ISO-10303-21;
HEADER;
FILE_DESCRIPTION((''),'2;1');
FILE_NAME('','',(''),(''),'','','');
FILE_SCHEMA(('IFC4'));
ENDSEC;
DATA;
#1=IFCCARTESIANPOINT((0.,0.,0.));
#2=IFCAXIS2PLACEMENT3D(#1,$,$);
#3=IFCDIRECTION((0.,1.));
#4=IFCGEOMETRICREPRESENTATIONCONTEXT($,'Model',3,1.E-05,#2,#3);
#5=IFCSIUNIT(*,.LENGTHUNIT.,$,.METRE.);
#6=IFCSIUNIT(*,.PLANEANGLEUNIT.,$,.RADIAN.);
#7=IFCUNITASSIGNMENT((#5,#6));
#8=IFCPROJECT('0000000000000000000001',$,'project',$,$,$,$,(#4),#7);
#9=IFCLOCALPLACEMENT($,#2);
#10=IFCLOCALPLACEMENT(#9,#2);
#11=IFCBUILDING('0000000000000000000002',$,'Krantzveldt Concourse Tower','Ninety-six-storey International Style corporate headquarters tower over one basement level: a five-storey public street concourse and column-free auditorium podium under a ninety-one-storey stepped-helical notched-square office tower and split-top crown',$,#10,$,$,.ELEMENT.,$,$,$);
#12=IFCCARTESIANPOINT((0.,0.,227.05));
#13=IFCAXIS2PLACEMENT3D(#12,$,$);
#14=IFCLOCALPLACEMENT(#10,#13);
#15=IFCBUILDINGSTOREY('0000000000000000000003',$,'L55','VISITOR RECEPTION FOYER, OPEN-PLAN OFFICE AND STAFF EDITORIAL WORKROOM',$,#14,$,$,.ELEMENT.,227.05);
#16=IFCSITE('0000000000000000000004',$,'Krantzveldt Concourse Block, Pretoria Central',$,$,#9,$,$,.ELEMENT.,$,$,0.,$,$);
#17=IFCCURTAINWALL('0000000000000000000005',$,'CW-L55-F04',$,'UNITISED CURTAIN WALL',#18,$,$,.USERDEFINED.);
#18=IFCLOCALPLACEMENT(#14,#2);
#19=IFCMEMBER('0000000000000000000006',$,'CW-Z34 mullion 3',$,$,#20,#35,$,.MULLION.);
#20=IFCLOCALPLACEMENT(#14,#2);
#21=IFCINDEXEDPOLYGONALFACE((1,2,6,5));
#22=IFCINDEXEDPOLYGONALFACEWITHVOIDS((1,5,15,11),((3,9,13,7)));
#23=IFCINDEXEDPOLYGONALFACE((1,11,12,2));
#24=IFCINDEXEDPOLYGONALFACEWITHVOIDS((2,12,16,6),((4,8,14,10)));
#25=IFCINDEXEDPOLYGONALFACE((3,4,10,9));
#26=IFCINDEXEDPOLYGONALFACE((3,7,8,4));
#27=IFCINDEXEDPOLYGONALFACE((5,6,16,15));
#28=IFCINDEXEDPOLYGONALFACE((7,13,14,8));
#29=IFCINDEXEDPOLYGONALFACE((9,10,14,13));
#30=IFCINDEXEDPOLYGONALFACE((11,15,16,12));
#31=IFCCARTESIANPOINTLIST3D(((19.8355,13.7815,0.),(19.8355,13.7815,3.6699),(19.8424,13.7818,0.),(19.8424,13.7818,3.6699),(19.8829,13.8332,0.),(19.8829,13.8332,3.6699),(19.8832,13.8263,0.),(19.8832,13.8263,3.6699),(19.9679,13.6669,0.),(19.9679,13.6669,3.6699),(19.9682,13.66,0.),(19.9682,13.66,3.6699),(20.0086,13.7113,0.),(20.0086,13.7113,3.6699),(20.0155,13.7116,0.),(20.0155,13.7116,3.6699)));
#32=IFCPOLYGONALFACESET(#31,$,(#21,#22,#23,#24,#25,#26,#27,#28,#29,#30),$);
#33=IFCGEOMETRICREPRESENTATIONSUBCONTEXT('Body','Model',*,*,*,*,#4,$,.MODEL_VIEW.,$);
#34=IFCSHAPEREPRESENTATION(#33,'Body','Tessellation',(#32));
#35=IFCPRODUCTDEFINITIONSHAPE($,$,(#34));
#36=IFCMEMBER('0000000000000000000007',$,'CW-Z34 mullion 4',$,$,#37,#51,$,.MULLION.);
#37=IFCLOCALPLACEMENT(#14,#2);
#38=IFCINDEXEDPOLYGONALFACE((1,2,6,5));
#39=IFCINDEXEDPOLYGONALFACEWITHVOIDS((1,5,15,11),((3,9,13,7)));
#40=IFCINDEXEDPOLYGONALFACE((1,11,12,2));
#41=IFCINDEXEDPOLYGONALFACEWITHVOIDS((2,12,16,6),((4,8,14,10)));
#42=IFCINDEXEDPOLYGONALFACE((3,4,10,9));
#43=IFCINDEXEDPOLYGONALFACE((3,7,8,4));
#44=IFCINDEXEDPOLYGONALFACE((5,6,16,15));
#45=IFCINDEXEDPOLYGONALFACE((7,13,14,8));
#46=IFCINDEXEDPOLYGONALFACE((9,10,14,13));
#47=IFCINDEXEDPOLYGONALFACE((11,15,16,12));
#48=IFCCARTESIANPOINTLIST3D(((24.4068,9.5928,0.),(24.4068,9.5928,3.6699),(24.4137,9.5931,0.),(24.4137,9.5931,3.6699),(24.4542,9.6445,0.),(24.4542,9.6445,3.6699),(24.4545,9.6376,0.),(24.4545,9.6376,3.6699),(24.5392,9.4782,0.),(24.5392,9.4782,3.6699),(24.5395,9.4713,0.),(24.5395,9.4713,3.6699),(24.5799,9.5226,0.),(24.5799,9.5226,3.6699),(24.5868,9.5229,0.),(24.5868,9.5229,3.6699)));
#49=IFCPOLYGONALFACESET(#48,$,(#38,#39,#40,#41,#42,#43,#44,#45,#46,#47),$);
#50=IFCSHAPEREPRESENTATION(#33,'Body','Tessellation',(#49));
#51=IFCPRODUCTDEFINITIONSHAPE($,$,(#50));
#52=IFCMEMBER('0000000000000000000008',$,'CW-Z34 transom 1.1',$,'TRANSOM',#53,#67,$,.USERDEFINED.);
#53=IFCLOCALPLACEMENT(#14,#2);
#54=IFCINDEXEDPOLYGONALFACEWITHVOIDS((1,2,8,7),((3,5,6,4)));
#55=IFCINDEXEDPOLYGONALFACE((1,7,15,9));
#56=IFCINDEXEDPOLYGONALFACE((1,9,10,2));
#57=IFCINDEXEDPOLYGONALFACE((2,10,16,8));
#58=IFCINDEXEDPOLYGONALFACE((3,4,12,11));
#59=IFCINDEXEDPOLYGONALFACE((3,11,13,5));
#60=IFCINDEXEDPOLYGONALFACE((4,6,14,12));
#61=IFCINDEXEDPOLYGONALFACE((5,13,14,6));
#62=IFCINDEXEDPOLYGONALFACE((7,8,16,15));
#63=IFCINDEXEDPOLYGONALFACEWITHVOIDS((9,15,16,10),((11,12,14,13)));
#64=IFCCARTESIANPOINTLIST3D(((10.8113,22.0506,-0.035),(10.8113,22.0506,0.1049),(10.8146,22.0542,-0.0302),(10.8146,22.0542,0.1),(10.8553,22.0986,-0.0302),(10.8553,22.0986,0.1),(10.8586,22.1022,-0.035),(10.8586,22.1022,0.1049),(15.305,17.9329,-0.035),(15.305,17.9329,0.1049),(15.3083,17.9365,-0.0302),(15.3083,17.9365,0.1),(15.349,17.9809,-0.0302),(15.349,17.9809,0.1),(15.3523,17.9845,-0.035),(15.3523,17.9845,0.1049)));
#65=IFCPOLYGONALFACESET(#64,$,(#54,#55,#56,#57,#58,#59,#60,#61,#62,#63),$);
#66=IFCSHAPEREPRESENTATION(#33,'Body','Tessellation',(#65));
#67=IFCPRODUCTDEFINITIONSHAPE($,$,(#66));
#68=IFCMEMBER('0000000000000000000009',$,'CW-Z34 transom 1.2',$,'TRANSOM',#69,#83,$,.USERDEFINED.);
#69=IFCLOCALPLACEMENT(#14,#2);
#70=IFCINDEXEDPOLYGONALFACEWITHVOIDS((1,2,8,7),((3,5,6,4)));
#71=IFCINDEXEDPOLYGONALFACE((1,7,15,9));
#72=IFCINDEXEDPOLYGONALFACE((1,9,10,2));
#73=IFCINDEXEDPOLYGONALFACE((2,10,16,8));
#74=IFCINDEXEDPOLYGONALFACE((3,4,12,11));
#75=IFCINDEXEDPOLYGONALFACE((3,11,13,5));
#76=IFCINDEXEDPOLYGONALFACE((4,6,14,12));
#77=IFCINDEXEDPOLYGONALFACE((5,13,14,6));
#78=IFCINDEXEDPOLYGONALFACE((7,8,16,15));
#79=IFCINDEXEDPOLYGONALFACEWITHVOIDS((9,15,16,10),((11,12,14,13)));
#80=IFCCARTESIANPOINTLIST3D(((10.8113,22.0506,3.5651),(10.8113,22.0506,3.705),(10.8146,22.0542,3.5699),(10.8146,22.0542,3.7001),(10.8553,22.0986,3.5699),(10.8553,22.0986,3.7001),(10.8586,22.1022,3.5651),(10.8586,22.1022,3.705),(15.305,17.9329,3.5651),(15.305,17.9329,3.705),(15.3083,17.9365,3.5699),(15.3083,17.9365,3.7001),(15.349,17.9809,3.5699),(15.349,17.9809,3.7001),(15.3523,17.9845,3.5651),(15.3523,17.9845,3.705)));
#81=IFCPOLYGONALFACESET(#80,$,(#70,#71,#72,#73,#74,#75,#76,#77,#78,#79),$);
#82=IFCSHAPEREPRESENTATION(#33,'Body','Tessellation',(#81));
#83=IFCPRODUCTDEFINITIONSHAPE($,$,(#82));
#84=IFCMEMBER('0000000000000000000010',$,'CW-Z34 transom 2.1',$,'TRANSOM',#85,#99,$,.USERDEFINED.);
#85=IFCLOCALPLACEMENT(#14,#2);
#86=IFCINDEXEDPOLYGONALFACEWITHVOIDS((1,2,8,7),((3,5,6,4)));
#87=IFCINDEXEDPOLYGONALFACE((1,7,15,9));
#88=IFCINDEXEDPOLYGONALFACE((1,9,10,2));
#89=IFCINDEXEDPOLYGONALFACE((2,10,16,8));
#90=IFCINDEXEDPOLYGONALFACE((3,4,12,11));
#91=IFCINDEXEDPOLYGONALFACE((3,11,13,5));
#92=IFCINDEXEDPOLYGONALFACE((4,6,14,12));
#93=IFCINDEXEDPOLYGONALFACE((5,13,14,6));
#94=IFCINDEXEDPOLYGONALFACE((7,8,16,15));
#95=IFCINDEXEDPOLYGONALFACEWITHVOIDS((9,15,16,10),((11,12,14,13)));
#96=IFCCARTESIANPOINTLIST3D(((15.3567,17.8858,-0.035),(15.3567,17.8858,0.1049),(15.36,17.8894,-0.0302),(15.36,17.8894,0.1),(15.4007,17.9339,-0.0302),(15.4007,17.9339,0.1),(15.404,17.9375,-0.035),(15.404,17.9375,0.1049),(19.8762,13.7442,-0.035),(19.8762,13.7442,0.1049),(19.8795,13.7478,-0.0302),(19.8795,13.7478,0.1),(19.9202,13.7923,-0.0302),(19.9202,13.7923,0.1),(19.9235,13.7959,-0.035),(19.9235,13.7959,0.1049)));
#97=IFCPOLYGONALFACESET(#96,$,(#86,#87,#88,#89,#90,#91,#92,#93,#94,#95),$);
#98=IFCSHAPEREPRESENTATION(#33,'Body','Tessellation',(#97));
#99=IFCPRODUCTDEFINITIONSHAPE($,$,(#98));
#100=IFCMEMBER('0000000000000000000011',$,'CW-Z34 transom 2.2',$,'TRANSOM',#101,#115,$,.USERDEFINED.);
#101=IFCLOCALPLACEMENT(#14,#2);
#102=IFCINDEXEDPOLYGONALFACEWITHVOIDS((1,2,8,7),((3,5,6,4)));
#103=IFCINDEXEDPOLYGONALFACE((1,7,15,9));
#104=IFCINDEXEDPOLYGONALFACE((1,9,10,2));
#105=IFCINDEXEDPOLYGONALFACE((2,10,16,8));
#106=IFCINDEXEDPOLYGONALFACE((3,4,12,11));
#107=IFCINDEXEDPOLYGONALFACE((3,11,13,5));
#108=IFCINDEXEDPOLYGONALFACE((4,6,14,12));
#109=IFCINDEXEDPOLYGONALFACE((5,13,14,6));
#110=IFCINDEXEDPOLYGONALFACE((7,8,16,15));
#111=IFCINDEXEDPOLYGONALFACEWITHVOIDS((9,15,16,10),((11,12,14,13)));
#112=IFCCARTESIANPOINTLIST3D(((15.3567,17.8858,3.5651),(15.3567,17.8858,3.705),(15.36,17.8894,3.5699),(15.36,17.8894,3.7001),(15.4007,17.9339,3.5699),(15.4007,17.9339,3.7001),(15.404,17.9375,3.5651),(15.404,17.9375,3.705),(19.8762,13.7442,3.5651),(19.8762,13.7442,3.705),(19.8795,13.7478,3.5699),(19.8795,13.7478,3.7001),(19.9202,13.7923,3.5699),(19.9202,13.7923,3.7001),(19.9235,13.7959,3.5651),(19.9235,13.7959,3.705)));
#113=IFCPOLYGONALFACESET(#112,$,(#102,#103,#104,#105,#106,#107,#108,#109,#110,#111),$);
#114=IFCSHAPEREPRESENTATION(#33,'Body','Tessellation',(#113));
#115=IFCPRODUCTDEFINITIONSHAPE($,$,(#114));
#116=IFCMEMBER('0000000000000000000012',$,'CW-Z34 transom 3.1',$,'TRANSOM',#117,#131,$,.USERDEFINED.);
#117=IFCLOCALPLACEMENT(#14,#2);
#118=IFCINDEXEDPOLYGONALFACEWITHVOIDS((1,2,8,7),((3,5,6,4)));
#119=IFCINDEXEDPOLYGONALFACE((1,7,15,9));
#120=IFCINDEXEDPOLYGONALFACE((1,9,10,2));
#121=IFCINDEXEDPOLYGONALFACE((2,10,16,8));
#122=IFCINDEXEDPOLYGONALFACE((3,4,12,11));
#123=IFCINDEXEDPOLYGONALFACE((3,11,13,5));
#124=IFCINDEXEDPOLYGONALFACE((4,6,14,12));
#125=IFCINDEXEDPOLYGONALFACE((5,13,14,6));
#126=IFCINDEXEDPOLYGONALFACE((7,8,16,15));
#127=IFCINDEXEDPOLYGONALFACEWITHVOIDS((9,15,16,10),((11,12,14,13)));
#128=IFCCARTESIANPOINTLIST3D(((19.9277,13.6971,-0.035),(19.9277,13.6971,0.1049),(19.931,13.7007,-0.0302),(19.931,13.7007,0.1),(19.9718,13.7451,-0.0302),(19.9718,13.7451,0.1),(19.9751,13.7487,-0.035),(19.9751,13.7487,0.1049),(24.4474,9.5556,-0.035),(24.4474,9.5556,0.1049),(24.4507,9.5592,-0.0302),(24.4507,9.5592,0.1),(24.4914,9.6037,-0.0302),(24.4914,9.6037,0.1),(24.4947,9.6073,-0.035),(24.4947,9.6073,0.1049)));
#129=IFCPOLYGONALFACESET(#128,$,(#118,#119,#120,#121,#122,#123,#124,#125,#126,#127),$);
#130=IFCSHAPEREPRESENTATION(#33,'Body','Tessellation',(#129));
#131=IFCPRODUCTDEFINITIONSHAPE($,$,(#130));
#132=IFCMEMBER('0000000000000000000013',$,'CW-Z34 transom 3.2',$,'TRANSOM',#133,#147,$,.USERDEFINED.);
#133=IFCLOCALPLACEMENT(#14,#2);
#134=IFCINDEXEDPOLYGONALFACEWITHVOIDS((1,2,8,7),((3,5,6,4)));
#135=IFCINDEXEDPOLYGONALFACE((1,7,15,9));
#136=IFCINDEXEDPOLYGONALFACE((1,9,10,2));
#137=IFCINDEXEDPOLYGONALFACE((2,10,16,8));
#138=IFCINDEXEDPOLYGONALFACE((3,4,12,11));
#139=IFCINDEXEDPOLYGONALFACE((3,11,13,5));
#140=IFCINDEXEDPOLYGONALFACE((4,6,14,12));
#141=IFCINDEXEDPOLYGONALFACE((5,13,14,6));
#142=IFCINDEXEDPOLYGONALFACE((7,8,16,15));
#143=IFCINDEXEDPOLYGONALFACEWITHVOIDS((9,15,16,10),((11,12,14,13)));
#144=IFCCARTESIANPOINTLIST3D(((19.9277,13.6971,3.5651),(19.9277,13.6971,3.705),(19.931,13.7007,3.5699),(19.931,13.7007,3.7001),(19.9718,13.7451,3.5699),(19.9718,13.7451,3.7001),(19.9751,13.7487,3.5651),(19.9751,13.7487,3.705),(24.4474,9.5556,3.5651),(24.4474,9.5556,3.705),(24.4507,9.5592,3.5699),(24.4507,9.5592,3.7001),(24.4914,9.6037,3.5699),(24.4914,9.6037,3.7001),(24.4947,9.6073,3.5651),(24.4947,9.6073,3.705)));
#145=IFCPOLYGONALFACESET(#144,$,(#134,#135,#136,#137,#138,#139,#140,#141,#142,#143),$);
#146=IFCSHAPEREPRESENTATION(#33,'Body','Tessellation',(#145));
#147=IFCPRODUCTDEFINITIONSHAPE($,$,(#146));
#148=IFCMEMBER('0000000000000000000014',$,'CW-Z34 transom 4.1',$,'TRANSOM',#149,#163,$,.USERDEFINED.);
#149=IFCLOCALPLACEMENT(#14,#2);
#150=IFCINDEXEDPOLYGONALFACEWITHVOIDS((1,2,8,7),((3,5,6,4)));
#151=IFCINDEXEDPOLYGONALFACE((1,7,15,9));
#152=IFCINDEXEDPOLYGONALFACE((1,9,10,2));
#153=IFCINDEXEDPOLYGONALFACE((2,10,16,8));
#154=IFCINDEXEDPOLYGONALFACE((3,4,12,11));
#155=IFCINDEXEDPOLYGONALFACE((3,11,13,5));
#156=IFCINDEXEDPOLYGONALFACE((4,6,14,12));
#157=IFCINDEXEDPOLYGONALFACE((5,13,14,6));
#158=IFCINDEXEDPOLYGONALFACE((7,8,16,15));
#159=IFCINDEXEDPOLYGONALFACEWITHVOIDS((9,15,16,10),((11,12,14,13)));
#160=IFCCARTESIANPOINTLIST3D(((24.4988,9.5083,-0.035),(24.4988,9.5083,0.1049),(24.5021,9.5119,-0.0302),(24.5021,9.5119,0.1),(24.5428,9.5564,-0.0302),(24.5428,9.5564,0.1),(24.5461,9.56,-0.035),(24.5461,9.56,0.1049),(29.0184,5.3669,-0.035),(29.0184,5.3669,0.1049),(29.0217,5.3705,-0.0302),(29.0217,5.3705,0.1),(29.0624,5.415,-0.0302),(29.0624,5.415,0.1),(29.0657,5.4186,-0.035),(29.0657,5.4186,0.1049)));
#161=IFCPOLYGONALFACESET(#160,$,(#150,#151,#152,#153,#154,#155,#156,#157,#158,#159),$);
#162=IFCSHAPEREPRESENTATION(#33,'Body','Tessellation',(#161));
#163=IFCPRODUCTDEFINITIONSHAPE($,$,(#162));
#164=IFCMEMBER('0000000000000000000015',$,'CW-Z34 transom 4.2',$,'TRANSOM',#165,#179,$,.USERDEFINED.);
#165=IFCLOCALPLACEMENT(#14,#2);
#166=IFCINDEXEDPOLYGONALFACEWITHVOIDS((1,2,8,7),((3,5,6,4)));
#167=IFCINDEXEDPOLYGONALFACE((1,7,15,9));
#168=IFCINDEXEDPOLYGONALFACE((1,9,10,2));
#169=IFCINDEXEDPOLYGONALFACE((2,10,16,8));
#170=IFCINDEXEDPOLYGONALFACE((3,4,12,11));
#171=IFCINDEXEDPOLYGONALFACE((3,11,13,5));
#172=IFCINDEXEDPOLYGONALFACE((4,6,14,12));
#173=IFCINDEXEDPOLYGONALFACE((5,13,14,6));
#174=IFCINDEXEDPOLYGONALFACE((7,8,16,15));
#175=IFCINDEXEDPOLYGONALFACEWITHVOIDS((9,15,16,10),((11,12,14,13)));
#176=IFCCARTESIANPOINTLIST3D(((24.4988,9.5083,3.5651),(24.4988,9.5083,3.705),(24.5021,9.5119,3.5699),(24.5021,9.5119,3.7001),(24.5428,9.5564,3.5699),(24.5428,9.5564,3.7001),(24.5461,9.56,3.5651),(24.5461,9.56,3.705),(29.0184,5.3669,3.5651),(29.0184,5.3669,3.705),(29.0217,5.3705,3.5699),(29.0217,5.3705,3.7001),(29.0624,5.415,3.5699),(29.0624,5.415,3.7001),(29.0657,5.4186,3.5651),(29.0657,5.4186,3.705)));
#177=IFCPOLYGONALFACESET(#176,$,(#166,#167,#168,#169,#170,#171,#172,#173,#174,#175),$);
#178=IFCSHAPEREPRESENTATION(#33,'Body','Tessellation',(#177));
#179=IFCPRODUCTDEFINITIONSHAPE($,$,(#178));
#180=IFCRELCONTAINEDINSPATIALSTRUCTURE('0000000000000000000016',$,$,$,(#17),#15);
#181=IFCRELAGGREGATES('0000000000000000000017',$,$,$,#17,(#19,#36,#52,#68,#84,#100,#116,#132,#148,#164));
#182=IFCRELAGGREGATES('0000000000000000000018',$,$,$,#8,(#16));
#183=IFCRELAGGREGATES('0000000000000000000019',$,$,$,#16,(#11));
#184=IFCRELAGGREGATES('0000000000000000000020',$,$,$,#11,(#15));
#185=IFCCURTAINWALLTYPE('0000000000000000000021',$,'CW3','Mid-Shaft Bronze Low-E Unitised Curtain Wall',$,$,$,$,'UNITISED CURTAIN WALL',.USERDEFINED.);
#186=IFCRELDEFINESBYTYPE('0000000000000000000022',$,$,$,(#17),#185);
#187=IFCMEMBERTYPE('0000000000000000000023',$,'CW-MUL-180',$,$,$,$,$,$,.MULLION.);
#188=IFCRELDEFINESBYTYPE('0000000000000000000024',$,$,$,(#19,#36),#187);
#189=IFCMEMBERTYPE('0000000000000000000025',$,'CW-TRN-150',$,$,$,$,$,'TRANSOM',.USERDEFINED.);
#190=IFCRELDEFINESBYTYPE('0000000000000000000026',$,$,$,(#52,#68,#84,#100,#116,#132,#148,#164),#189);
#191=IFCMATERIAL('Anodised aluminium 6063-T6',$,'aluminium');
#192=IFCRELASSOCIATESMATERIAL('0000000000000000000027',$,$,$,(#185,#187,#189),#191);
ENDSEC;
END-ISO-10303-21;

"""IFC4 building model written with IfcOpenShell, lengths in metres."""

from ifc_helpers import new_model, si_unit, direction, frame, origin, origin_2d, place, context, subcontext, project, spatial, hollow_rectangle, extrude, source, transform, mapped, material, material_profile, profile_set, type_object, type_shapes, element, aggregate, save


model = new_model("IFC4")

# Units and contexts
model_context = context("Model", 3, precision=1e-05, world=origin(), true_north=direction((0.0, 1.0)))
body_context = subcontext(model_context, "Body", "Model", "MODEL_VIEW")
ifc_project = project(units=[si_unit("LENGTHUNIT", "METRE"), si_unit("PLANEANGLEUNIT", "RADIAN")], contexts=[model_context])

# Site, building, storey
site_placement = place(None, origin())
site = spatial("IfcSite", under=ifc_project, at=site_placement, Name="Krantzveldt Concourse Block, Pretoria Central", CompositionType="ELEMENT", RefElevation=0.0)
building_placement = place(site_placement, origin())
building = spatial("IfcBuilding", under=site, at=building_placement, Name="Krantzveldt Concourse Tower", Description="Ninety-six-storey International Style corporate headquarters tower over one basement level: a five-storey public street concourse and column-free auditorium podium under a ninety-one-storey stepped-helical notched-square office tower and split-top crown", CompositionType="ELEMENT")
storey_placement = place(building_placement, frame((0.0, 0.0, 227.05)))
storey = spatial("IfcBuildingStorey", under=building, at=storey_placement, Name="L55", Description="VISITOR RECEPTION FOYER, OPEN-PLAN OFFICE AND STAFF EDITORIAL WORKROOM", CompositionType="ELEMENT", Elevation=227.05)

# Curtain wall, members
ifc_material_1 = material(Name="Anodised aluminium 6063-T6", Category="aluminium")
curtain_wall_type = type_object("IfcCurtainWallType", Name="CW3", Description="Mid-Shaft Bronze Low-E Unitised Curtain Wall", ElementType="UNITISED CURTAIN WALL", PredefinedType="USERDEFINED", material=ifc_material_1)
curtain_wall_placement = place(storey_placement, origin())
curtain_wall = element("IfcCurtainWall", 1, at=curtain_wall_placement, inside=storey, type_object=curtain_wall_type, Name="CW-L55-F04", ObjectType="UNITISED CURTAIN WALL", PredefinedType="USERDEFINED")
ifc_material_profile_1 = material_profile(ifc_material_1, hollow_rectangle(XDim=0.0701, YDim=0.1799, WallThickness=0.0049, at=origin_2d()), Name="Anodised aluminium 6063-T6", Category="aluminium")
ifc_profile_set_1 = profile_set([ifc_material_profile_1], Name="Anodised aluminium 6063-T6 - ALU-MULL 180x70x5")
member_type_1 = type_object("IfcMemberType", Name="CW-MUL-180", PredefinedType="MULLION", material=ifc_profile_set_1)
shared_shape_1 = source(origin(), body_context, "Body", "SweptSolid", [
    extrude(hollow_rectangle(XDim=0.0701, YDim=0.1799, WallThickness=0.0049, at=origin_2d()), origin(), (0.0, 0.0, 1.0), 3.6699),
])
type_shapes(member_type_1, [shared_shape_1])
member_1_placement = place(storey_placement, frame((19.9255, 13.7466, 0.0), z_axis=(0.0, 0.0, 1.0), x_axis=(0.67559, 0.737277, 0.0)))
member_1 = element("IfcMember", 2, at=member_1_placement, type_object=member_type_1, Name="CW-Z34 mullion 3", PredefinedType="MULLION", context=body_context, shape_type="MappedRepresentation", body=[
    mapped(shared_shape_1, transform((0.0, 0.0, 0.0), x_axis=(1.0, 0.0, 0.0), y_axis=(0.0, 1.0, 0.0), z_axis=(0.0, 0.0, 1.0), scale=1.0)),
])
member_2_placement = place(storey_placement, frame((24.4968, 9.5579, 0.0), z_axis=(0.0, 0.0, 1.0), x_axis=(0.67559, 0.737277, 0.0)))
member_2 = element("IfcMember", 3, at=member_2_placement, type_object=member_type_1, Name="CW-Z34 mullion 4", PredefinedType="MULLION", context=body_context, shape_type="MappedRepresentation", body=[
    mapped(shared_shape_1, transform((0.0, 0.0, 0.0), x_axis=(1.0, 0.0, 0.0), y_axis=(0.0, 1.0, 0.0), z_axis=(0.0, 0.0, 1.0), scale=1.0)),
])
ifc_material_profile_2 = material_profile(ifc_material_1, hollow_rectangle(XDim=0.0701, YDim=0.1399, WallThickness=0.0049, at=origin_2d()), Name="Anodised aluminium 6063-T6", Category="aluminium")
ifc_profile_set_2 = profile_set([ifc_material_profile_2], Name="Anodised aluminium 6063-T6 - ALU-TRAN 140x70x5")
member_type_2 = type_object("IfcMemberType", Name="CW-TRN-150", ElementType="TRANSOM", PredefinedType="USERDEFINED", material=ifc_profile_set_2)
shared_shape_2 = source(origin(), body_context, "Body", "SweptSolid", [
    extrude(hollow_rectangle(XDim=0.0701, YDim=0.1399, WallThickness=0.0049, at=origin_2d()), origin(), (0.0, 0.0, 1.0), 6.095),
])
member_3_placement = place(storey_placement, frame((10.835, 22.0764, 0.0349), z_axis=(0.737277, -0.67559, 0.0), x_axis=(0.67559, 0.737277, 0.0)))
member_3 = element("IfcMember", 4, at=member_3_placement, type_object=member_type_2, Name="CW-Z34 transom 1.1", ObjectType="TRANSOM", PredefinedType="USERDEFINED", context=body_context, shape_type="MappedRepresentation", body=[
    mapped(shared_shape_2, transform((0.0, 0.0, 0.0), x_axis=(1.0, 0.0, 0.0), y_axis=(0.0, 1.0, 0.0), z_axis=(0.0, 0.0, 1.0), scale=1.0)),
])
member_4_placement = place(storey_placement, frame((10.835, 22.0764, 3.635), z_axis=(0.737277, -0.67559, 0.0), x_axis=(0.67559, 0.737277, 0.0)))
member_4 = element("IfcMember", 5, at=member_4_placement, type_object=member_type_2, Name="CW-Z34 transom 1.2", ObjectType="TRANSOM", PredefinedType="USERDEFINED", context=body_context, shape_type="MappedRepresentation", body=[
    mapped(shared_shape_2, transform((0.0, 0.0, 0.0), x_axis=(1.0, 0.0, 0.0), y_axis=(0.0, 1.0, 0.0), z_axis=(0.0, 0.0, 1.0), scale=1.0)),
])
shared_shape_3 = source(origin(), body_context, "Body", "SweptSolid", [
    extrude(hollow_rectangle(XDim=0.0701, YDim=0.1399, WallThickness=0.0049, at=origin_2d()), origin(), (0.0, 0.0, 1.0), 6.1301),
])
type_shapes(member_type_2, [shared_shape_2, shared_shape_3])
member_5_placement = place(storey_placement, frame((15.3804, 17.9116, 0.0349), z_axis=(0.73726, -0.675609, 0.0), x_axis=(0.675609, 0.73726, 0.0)))
member_5 = element("IfcMember", 6, at=member_5_placement, type_object=member_type_2, Name="CW-Z34 transom 2.1", ObjectType="TRANSOM", PredefinedType="USERDEFINED", context=body_context, shape_type="MappedRepresentation", body=[
    mapped(shared_shape_3, transform((0.0, 0.0, 0.0), x_axis=(1.0, 0.0, 0.0), y_axis=(0.0, 1.0, 0.0), z_axis=(0.0, 0.0, 1.0), scale=1.0)),
])
member_6_placement = place(storey_placement, frame((15.3804, 17.9116, 3.635), z_axis=(0.73726, -0.675609, 0.0), x_axis=(0.675609, 0.73726, 0.0)))
member_6 = element("IfcMember", 7, at=member_6_placement, type_object=member_type_2, Name="CW-Z34 transom 2.2", ObjectType="TRANSOM", PredefinedType="USERDEFINED", context=body_context, shape_type="MappedRepresentation", body=[
    mapped(shared_shape_3, transform((0.0, 0.0, 0.0), x_axis=(1.0, 0.0, 0.0), y_axis=(0.0, 1.0, 0.0), z_axis=(0.0, 0.0, 1.0), scale=1.0)),
])
member_7_placement = place(storey_placement, frame((19.9514, 13.7229, 0.0349), z_axis=(0.73728, -0.675588, 0.0), x_axis=(0.675588, 0.73728, 0.0)))
member_7 = element("IfcMember", 8, at=member_7_placement, type_object=member_type_2, Name="CW-Z34 transom 3.1", ObjectType="TRANSOM", PredefinedType="USERDEFINED", context=body_context, shape_type="MappedRepresentation", body=[
    mapped(shared_shape_3, transform((0.0, 0.0, 0.0), x_axis=(1.0, 0.0, 0.0), y_axis=(0.0, 1.0, 0.0), z_axis=(0.0, 0.0, 1.0), scale=1.0)),
])
member_8_placement = place(storey_placement, frame((19.9514, 13.7229, 3.635), z_axis=(0.73728, -0.675588, 0.0), x_axis=(0.675588, 0.73728, 0.0)))
member_8 = element("IfcMember", 9, at=member_8_placement, type_object=member_type_2, Name="CW-Z34 transom 3.2", ObjectType="TRANSOM", PredefinedType="USERDEFINED", context=body_context, shape_type="MappedRepresentation", body=[
    mapped(shared_shape_3, transform((0.0, 0.0, 0.0), x_axis=(1.0, 0.0, 0.0), y_axis=(0.0, 1.0, 0.0), z_axis=(0.0, 0.0, 1.0), scale=1.0)),
])
member_9_placement = place(storey_placement, frame((24.5225, 9.5342, 0.0349), z_axis=(0.73728, -0.675588, 0.0), x_axis=(0.675588, 0.73728, 0.0)))
member_9 = element("IfcMember", 10, at=member_9_placement, type_object=member_type_2, Name="CW-Z34 transom 4.1", ObjectType="TRANSOM", PredefinedType="USERDEFINED", context=body_context, shape_type="MappedRepresentation", body=[
    mapped(shared_shape_3, transform((0.0, 0.0, 0.0), x_axis=(1.0, 0.0, 0.0), y_axis=(0.0, 1.0, 0.0), z_axis=(0.0, 0.0, 1.0), scale=1.0)),
])
member_10_placement = place(storey_placement, frame((24.5225, 9.5342, 3.635), z_axis=(0.73728, -0.675588, 0.0), x_axis=(0.675588, 0.73728, 0.0)))
member_10 = element("IfcMember", 11, at=member_10_placement, type_object=member_type_2, Name="CW-Z34 transom 4.2", ObjectType="TRANSOM", PredefinedType="USERDEFINED", context=body_context, shape_type="MappedRepresentation", body=[
    mapped(shared_shape_3, transform((0.0, 0.0, 0.0), x_axis=(1.0, 0.0, 0.0), y_axis=(0.0, 1.0, 0.0), z_axis=(0.0, 0.0, 1.0), scale=1.0)),
])

aggregate(curtain_wall, [member_1, member_2, member_3, member_4, member_5, member_6, member_7, member_8, member_9, member_10])

save(model, "model.ifc")
